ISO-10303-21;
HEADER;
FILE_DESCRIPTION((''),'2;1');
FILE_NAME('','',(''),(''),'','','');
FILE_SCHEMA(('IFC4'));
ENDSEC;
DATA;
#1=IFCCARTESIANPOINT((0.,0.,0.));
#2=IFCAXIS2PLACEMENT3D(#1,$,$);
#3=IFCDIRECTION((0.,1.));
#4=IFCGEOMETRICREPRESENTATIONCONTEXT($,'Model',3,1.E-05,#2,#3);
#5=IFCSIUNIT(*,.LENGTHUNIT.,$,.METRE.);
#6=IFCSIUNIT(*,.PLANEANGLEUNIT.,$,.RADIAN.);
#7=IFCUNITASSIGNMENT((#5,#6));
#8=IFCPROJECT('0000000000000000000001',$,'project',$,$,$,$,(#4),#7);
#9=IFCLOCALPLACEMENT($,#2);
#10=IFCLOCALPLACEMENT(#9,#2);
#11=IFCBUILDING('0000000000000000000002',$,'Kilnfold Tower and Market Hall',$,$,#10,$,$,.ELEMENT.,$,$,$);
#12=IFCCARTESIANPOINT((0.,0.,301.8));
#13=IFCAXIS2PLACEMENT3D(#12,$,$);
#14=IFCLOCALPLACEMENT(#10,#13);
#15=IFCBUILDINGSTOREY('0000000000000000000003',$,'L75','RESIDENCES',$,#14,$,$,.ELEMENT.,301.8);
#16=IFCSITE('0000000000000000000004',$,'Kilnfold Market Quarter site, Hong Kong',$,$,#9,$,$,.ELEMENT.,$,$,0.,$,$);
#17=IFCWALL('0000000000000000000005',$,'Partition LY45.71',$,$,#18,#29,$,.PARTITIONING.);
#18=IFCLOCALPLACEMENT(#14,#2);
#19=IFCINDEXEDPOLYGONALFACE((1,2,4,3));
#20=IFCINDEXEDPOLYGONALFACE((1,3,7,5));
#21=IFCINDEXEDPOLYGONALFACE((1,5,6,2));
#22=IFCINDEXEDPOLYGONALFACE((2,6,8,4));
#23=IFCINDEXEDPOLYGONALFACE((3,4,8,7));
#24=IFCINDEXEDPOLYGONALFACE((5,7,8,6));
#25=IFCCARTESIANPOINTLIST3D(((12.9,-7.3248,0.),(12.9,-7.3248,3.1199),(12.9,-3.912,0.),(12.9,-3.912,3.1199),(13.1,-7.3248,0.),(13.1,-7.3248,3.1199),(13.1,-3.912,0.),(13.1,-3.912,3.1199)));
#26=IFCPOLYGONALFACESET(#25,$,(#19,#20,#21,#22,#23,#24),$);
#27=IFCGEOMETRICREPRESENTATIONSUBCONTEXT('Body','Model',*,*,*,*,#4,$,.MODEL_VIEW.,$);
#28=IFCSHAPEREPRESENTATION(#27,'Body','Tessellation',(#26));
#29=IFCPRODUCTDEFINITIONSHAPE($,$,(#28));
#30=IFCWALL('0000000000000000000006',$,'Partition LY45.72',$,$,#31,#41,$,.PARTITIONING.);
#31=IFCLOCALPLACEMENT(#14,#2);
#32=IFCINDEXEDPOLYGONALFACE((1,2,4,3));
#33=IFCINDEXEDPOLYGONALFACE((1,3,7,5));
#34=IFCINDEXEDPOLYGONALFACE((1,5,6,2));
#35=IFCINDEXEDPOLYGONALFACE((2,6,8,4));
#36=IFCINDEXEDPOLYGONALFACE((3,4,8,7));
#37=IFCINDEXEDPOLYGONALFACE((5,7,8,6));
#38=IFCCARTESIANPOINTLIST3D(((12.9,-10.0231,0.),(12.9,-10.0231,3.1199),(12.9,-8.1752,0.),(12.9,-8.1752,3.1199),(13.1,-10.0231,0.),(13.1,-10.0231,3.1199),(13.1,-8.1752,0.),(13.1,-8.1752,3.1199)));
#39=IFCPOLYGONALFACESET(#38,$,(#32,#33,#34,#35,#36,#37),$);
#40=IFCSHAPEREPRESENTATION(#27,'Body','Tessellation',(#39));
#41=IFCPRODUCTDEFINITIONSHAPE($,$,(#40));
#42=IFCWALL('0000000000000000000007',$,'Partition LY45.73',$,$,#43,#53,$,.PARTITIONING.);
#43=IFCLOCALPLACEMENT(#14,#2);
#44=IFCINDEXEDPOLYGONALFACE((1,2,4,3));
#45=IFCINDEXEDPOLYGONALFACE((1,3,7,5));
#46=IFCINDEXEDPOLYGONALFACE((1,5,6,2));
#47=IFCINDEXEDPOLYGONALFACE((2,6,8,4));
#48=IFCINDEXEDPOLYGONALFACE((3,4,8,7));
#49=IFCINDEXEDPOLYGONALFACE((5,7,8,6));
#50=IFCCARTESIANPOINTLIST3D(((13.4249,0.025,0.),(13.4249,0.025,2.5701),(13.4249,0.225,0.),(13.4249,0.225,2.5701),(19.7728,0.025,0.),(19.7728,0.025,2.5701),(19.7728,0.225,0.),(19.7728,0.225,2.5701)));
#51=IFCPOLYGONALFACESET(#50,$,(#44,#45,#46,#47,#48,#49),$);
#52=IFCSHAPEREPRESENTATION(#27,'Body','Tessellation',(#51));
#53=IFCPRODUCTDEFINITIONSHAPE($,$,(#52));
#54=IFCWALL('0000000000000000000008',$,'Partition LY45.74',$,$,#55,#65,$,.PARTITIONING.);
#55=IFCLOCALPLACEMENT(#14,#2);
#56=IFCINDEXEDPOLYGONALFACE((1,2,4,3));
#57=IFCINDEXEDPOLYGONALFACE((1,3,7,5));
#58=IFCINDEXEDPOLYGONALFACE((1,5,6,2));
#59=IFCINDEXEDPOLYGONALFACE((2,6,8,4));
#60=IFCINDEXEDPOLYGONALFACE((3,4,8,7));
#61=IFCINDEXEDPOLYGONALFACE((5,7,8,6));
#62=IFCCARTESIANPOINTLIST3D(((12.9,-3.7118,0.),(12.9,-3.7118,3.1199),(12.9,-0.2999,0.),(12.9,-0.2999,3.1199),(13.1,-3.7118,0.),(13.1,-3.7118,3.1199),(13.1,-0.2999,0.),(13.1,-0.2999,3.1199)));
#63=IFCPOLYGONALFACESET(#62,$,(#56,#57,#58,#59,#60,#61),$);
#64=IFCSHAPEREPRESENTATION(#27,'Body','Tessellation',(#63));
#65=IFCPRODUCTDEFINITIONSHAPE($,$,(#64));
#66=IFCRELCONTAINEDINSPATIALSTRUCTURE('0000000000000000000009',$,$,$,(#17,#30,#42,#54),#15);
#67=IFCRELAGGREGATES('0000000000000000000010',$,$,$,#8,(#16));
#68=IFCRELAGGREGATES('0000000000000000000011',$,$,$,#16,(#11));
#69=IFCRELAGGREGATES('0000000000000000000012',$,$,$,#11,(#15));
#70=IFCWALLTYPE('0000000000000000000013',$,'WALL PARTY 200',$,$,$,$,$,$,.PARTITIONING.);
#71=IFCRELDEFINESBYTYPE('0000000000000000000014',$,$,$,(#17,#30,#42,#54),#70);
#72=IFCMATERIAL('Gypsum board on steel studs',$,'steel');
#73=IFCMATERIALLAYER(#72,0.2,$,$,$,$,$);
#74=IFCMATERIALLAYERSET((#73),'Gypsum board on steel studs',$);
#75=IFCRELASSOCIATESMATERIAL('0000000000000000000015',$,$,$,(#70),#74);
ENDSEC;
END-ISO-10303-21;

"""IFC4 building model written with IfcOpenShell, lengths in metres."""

from ifc_helpers import new_model, si_unit, direction, frame, frame_2d, origin, place, context, subcontext, project, spatial, rectangle, extrude, material, layer, layer_set, type_object, element, save


model = new_model("IFC4")

# Units and contexts
model_context = context("Model", 3, precision=1e-05, world=origin(), true_north=direction((0.0, 1.0)))
body_context = subcontext(model_context, "Body", "Model", "MODEL_VIEW")
ifc_project = project(units=[si_unit("LENGTHUNIT", "METRE"), si_unit("PLANEANGLEUNIT", "RADIAN")], contexts=[model_context])

# Site, building, storey
site_placement = place(None, origin())
site = spatial("IfcSite", under=ifc_project, at=site_placement, Name="Kilnfold Market Quarter site, Hong Kong", CompositionType="ELEMENT", RefElevation=0.0)
building_placement = place(site_placement, origin())
building = spatial("IfcBuilding", under=site, at=building_placement, Name="Kilnfold Tower and Market Hall", CompositionType="ELEMENT")
storey_placement = place(building_placement, frame((0.0, 0.0, 301.8)))
storey = spatial("IfcBuildingStorey", under=building, at=storey_placement, Name="L75", Description="RESIDENCES", CompositionType="ELEMENT", Elevation=301.8)

# Walls
ifc_material_1 = material(Name="Gypsum board on steel studs", Category="steel")
ifc_layer_1 = layer(ifc_material_1, 0.2)
ifc_layer_set_1 = layer_set([ifc_layer_1], Name="Gypsum board on steel studs")
wall_type_1 = type_object("IfcWallType", Name="WALL PARTY 200", PredefinedType="PARTITIONING", material=ifc_layer_set_1)
wall_1_placement = place(storey_placement, frame((13.0, -7.325, 0.0), z_axis=(0.0, 0.0, 1.0), x_axis=(0.0, 1.0, 0.0)))
element("IfcWall", 1, at=wall_1_placement, inside=storey, type_object=wall_type_1, Name="Partition LY45.71", PredefinedType="PARTITIONING", context=body_context, shape_type="SweptSolid", body=[
    extrude(rectangle(XDim=3.4128, YDim=0.2, at=frame_2d((1.7065, 0.0))), origin(), (0.0, 0.0, 1.0), 3.1199),
])
wall_2_placement = place(storey_placement, frame((13.0, -10.0229, 0.0), z_axis=(0.0, 0.0, 1.0), x_axis=(0.0, 1.0, 0.0)))
element("IfcWall", 2, at=wall_2_placement, inside=storey, type_object=wall_type_1, Name="Partition LY45.72", PredefinedType="PARTITIONING", context=body_context, shape_type="SweptSolid", body=[
    extrude(rectangle(XDim=1.8479, YDim=0.2, at=frame_2d((0.9238, 0.0))), origin(), (0.0, 0.0, 1.0), 3.1199),
])
wall_3_placement = place(storey_placement, frame((13.425, 0.125, 0.0), z_axis=(0.0, 0.0, 1.0), x_axis=(1.0, 0.0, 0.0)))
element("IfcWall", 3, at=wall_3_placement, inside=storey, type_object=wall_type_1, Name="Partition LY45.73", PredefinedType="PARTITIONING", context=body_context, shape_type="SweptSolid", body=[
    extrude(rectangle(XDim=6.3479, YDim=0.2, at=frame_2d((3.1738, 0.0))), origin(), (0.0, 0.0, 1.0), 2.5701),
])
wall_4_placement = place(storey_placement, frame((13.0, -3.7119, 0.0), z_axis=(0.0, 0.0, 1.0), x_axis=(0.0, 1.0, 0.0)))
element("IfcWall", 4, at=wall_4_placement, inside=storey, type_object=wall_type_1, Name="Partition LY45.74", PredefinedType="PARTITIONING", context=body_context, shape_type="SweptSolid", body=[
    extrude(rectangle(XDim=3.4119, YDim=0.2, at=frame_2d((1.7061, 0.0))), origin(), (0.0, 0.0, 1.0), 3.1199),
])

save(model, "model.ifc")
